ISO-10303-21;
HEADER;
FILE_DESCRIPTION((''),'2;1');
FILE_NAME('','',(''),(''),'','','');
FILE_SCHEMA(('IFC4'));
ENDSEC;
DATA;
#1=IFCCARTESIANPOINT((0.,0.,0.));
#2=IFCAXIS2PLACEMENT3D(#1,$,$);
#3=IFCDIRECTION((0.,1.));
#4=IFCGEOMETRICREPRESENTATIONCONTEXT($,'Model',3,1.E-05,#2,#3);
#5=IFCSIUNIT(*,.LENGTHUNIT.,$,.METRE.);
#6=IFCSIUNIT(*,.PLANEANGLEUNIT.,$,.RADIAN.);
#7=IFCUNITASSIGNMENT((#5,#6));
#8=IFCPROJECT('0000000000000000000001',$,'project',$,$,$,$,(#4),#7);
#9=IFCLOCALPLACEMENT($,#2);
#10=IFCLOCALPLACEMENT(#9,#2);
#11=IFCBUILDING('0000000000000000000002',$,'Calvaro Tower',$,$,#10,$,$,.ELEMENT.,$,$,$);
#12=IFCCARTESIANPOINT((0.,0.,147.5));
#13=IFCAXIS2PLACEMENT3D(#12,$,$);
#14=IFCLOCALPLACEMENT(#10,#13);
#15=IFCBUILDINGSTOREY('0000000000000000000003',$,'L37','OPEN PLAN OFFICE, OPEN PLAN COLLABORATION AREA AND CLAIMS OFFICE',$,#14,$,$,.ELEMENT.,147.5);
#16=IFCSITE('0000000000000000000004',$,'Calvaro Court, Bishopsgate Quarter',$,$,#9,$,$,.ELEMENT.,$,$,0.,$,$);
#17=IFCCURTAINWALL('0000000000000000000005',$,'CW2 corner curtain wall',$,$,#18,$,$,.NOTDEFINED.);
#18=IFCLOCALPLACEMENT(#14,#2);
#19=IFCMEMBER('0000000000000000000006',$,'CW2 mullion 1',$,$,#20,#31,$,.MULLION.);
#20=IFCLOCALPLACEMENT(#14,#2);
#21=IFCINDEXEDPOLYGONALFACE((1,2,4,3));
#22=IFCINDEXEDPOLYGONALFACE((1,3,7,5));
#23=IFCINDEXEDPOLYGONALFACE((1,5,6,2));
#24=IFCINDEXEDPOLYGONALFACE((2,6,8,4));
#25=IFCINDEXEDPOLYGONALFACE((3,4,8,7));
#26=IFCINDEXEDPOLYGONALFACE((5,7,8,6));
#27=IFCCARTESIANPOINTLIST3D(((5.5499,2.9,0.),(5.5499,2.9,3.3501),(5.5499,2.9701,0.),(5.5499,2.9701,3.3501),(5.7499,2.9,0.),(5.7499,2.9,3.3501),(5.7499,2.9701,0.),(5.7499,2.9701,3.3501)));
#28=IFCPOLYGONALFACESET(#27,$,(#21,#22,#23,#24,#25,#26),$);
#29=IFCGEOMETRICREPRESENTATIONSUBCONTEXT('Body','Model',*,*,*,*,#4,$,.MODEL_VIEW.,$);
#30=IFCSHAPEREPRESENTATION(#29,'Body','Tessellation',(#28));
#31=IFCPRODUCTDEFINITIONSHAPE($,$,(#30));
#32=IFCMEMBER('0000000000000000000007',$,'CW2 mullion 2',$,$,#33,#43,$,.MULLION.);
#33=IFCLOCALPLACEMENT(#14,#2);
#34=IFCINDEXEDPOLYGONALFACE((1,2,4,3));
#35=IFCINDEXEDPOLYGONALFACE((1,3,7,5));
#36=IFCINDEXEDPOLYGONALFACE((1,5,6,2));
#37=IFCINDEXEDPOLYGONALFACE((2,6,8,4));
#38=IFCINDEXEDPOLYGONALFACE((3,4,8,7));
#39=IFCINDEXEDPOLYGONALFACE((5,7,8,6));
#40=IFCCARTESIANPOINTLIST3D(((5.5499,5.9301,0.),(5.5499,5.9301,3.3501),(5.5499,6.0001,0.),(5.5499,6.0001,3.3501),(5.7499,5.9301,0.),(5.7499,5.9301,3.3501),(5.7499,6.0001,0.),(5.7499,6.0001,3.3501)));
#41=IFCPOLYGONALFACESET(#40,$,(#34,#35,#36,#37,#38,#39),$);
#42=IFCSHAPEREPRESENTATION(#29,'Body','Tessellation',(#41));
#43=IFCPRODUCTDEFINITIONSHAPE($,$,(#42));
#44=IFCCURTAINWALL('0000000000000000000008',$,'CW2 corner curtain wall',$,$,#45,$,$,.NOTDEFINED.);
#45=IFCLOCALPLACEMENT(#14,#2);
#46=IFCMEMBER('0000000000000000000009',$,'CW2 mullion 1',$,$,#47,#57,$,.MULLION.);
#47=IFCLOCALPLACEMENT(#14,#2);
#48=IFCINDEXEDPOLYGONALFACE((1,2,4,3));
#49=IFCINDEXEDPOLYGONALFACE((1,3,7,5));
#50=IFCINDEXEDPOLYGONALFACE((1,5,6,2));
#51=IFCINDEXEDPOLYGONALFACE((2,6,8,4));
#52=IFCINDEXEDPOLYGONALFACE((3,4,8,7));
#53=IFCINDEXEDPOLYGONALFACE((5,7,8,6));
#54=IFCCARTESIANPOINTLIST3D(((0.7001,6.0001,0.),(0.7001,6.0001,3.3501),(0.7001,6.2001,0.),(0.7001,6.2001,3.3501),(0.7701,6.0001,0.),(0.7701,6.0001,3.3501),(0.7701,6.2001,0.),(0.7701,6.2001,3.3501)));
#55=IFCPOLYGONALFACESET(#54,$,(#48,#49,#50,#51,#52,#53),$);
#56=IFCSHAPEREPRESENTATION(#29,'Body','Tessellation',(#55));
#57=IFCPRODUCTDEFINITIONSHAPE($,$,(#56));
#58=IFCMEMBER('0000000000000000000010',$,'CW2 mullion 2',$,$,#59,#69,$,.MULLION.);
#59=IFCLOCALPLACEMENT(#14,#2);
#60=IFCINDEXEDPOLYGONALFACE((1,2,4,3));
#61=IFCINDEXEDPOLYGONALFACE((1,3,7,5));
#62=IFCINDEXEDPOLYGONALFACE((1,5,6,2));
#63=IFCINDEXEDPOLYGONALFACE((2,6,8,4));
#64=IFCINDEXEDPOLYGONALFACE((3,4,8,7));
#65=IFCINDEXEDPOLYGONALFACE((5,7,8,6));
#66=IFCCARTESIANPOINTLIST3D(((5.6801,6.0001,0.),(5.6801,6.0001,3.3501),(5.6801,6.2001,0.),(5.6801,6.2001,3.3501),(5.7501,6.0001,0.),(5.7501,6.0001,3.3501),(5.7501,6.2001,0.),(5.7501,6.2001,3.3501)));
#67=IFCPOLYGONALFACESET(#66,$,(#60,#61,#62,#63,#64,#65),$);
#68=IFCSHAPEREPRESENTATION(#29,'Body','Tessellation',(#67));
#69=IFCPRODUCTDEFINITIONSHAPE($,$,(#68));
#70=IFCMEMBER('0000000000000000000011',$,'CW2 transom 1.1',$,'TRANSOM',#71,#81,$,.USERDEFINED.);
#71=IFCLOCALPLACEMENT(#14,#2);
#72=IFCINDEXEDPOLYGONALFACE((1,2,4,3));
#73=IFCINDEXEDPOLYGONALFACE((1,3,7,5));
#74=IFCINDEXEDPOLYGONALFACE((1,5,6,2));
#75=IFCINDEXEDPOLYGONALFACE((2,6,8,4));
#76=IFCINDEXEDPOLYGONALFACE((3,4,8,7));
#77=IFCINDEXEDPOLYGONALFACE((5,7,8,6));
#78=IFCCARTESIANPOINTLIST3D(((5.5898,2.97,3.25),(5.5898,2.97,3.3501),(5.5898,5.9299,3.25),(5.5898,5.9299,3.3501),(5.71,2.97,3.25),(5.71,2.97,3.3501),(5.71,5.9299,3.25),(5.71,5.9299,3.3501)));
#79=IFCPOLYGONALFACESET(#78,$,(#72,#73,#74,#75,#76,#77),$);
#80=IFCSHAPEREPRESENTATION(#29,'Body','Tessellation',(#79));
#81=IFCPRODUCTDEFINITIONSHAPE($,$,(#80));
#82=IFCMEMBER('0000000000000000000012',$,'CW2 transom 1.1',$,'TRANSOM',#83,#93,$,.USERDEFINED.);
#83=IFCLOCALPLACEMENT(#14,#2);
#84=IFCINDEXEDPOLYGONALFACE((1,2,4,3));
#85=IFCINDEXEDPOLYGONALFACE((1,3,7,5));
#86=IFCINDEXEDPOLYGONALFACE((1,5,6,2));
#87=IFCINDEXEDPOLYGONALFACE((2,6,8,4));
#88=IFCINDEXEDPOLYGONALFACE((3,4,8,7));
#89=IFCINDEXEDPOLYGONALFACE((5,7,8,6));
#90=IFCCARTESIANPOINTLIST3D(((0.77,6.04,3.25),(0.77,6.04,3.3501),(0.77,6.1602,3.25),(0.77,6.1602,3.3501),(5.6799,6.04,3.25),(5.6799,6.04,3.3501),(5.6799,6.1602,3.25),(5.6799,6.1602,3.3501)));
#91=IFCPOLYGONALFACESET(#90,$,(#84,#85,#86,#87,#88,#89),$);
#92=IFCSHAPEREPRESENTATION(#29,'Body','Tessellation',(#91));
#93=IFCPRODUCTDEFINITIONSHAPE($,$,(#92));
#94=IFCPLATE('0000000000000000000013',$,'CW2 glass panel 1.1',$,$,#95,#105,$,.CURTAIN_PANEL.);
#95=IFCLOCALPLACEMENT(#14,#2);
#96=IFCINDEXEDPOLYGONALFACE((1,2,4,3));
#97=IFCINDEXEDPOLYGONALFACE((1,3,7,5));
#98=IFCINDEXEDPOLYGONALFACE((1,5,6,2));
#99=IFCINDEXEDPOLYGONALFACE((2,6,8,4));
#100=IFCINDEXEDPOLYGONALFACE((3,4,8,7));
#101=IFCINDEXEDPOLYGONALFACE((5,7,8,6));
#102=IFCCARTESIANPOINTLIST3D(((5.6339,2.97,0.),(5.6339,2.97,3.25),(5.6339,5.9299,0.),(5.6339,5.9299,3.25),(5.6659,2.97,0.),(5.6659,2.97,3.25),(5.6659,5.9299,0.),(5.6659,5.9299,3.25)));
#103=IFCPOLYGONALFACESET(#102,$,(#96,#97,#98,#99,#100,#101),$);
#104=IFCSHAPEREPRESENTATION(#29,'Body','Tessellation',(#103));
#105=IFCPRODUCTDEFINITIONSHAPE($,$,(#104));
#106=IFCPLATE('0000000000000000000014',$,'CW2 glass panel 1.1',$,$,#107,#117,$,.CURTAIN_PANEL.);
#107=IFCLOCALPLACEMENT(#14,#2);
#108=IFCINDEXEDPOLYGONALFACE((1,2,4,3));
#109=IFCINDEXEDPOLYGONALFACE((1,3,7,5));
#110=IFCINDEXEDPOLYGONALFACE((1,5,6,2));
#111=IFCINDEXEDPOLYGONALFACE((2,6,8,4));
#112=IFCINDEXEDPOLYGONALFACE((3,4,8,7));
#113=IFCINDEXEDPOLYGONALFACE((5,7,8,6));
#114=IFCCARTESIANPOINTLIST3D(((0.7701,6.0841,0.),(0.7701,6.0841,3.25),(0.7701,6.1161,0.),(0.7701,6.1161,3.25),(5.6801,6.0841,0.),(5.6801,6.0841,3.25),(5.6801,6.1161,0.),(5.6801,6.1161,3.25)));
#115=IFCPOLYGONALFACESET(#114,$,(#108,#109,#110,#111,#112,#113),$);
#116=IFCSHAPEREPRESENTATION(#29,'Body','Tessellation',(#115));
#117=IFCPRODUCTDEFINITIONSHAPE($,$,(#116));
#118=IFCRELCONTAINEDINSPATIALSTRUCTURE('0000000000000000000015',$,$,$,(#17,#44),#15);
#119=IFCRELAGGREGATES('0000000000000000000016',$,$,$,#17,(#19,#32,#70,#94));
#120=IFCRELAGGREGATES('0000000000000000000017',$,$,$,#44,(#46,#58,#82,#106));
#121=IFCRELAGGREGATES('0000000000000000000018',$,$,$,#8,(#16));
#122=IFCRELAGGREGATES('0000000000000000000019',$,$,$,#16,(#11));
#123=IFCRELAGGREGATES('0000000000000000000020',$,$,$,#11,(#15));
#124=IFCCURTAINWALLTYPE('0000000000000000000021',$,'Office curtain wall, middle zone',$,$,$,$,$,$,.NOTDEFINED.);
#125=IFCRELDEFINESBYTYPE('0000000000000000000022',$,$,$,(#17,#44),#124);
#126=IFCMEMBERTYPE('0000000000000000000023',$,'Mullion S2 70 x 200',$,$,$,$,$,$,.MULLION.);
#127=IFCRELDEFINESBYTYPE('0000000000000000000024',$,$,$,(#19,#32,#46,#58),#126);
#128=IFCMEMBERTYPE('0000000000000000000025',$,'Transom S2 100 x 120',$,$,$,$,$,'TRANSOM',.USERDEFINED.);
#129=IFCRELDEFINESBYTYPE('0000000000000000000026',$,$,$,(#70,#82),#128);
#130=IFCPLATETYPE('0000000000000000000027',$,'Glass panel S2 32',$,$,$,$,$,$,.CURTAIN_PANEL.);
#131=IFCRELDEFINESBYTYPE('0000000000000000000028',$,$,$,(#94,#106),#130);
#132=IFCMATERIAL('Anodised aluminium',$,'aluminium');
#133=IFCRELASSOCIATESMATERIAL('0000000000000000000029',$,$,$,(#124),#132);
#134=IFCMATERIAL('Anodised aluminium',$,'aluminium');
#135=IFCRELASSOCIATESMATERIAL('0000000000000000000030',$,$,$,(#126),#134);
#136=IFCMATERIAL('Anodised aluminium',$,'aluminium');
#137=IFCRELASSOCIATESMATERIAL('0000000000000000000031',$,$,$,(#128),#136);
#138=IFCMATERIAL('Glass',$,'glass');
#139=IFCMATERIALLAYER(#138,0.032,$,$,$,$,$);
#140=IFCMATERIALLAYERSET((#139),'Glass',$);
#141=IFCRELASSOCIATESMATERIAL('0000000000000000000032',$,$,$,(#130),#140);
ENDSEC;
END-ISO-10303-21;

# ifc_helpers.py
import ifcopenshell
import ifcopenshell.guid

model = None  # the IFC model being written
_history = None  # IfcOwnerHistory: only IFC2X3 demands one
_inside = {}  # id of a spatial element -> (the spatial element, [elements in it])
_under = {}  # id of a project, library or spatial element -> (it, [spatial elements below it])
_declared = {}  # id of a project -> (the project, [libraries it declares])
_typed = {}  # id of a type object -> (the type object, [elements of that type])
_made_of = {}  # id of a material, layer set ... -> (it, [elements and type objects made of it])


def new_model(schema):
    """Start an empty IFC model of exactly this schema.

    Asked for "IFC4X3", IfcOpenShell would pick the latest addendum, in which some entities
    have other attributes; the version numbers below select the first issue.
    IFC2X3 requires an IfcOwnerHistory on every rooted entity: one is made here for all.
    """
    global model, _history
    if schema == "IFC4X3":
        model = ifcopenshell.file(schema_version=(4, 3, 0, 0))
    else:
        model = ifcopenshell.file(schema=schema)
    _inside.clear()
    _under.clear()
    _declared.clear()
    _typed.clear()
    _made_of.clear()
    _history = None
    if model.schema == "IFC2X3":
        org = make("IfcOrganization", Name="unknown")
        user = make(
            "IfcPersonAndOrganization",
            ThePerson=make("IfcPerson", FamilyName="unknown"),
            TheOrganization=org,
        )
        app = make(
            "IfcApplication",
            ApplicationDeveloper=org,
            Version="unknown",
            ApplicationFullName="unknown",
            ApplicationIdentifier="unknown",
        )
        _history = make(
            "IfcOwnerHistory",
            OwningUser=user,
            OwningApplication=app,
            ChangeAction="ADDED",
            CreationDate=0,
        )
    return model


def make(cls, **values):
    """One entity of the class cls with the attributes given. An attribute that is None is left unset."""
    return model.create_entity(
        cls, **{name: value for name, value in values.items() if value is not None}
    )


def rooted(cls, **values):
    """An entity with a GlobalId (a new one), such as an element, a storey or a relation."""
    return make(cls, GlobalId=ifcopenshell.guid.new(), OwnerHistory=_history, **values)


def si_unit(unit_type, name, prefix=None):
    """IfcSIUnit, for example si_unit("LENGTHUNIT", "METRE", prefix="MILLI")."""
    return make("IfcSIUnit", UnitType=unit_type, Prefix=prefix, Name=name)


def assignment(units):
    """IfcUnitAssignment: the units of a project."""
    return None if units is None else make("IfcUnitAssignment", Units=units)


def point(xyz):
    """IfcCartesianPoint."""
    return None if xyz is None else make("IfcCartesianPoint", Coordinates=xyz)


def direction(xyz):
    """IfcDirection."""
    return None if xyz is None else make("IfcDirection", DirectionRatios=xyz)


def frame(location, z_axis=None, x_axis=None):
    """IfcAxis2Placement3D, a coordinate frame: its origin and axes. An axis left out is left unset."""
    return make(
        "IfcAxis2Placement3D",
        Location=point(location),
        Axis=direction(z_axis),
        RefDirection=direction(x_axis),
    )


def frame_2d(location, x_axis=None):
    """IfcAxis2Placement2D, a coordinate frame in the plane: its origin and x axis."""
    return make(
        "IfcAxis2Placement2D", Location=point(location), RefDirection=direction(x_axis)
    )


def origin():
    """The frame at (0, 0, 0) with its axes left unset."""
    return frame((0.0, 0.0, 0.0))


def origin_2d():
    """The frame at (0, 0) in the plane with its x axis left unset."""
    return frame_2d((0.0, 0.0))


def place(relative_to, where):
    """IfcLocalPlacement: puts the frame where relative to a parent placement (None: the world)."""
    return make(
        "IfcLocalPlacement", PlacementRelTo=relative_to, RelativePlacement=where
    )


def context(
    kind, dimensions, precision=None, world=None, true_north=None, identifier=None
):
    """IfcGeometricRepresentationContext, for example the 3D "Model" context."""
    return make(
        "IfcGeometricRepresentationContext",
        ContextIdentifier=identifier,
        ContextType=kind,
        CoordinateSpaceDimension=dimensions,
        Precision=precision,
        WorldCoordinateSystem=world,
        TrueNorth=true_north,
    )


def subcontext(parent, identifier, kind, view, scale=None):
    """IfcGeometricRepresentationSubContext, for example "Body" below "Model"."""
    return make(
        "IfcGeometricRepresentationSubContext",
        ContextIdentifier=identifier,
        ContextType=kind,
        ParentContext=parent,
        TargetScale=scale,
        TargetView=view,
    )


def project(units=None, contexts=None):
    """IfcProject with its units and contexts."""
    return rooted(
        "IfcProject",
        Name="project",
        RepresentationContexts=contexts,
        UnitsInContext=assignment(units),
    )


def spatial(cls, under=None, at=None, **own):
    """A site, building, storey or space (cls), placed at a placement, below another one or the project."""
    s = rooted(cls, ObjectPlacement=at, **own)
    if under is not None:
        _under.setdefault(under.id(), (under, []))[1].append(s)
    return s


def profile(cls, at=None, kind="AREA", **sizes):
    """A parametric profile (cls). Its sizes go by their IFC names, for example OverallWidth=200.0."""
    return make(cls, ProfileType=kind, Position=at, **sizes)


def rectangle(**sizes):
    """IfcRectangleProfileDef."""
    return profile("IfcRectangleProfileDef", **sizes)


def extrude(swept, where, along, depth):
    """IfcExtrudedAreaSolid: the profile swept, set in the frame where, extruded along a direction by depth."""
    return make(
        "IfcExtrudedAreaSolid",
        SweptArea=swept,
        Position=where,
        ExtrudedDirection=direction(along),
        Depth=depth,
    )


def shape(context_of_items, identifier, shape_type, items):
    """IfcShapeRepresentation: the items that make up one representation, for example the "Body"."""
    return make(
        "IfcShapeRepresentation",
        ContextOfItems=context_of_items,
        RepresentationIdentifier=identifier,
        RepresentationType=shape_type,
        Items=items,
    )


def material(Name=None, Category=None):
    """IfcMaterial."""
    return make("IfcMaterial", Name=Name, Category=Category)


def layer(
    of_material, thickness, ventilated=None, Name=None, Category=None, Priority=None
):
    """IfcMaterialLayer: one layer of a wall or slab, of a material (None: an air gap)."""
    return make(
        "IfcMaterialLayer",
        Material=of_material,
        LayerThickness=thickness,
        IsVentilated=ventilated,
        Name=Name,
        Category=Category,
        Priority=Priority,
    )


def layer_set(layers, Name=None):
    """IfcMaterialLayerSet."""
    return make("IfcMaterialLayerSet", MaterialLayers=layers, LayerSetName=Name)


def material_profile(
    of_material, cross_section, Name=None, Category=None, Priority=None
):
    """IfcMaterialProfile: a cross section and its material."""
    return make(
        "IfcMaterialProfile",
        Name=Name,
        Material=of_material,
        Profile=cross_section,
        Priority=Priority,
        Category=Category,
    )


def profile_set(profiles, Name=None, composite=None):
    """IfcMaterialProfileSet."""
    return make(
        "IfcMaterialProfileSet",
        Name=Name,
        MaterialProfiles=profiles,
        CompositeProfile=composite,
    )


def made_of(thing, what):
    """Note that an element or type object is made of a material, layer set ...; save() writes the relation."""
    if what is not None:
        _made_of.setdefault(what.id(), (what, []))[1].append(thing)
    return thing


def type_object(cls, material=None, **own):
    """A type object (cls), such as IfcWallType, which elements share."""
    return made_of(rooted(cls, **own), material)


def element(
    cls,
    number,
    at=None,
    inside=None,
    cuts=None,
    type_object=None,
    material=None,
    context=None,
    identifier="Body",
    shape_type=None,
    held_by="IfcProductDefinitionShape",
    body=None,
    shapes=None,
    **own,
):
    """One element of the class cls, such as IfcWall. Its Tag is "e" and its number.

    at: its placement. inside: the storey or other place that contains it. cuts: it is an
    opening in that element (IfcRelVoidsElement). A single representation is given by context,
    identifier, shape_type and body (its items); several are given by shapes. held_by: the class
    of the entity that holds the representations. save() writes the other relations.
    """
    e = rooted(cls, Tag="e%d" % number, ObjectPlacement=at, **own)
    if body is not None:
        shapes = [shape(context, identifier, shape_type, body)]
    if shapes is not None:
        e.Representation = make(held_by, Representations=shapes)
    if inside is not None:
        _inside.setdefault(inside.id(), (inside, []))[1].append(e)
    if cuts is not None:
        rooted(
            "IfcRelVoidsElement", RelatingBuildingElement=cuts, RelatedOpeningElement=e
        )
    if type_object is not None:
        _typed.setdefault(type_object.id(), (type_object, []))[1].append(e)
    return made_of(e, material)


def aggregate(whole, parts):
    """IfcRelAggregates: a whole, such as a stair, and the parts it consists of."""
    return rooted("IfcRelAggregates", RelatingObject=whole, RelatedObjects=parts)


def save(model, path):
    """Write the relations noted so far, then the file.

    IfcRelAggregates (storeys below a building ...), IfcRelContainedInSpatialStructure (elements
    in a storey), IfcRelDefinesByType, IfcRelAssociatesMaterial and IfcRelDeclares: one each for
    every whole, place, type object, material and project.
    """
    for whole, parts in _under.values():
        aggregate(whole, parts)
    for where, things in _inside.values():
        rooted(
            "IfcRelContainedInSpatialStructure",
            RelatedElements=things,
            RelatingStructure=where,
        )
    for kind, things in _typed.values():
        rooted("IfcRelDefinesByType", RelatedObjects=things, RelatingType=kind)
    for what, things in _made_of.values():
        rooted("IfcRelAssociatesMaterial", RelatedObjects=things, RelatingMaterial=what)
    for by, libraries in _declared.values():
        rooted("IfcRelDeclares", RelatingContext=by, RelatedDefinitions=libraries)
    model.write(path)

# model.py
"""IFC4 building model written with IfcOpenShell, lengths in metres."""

from ifc_helpers import new_model, si_unit, direction, frame, origin, origin_2d, place, context, subcontext, project, spatial, rectangle, extrude, material, layer, layer_set, material_profile, profile_set, type_object, element, aggregate, save


model = new_model("IFC4")

# Units and contexts
model_context = context("Model", 3, precision=1e-05, world=origin(), true_north=direction((0.0, 1.0)))
body_context = subcontext(model_context, "Body", "Model", "MODEL_VIEW")
ifc_project = project(units=[si_unit("LENGTHUNIT", "METRE"), si_unit("PLANEANGLEUNIT", "RADIAN")], contexts=[model_context])

# Site, building, storey
site_placement = place(None, origin())
site = spatial("IfcSite", under=ifc_project, at=site_placement, Name="Calvaro Court, Bishopsgate Quarter", CompositionType="ELEMENT", RefElevation=0.0)
building_placement = place(site_placement, origin())
building = spatial("IfcBuilding", under=site, at=building_placement, Name="Calvaro Tower", CompositionType="ELEMENT")
storey_placement = place(building_placement, frame((0.0, 0.0, 147.5)))
storey = spatial("IfcBuildingStorey", under=building, at=storey_placement, Name="L37", Description="OPEN PLAN OFFICE, OPEN PLAN COLLABORATION AREA AND CLAIMS OFFICE", CompositionType="ELEMENT", Elevation=147.5)

# Curtain walls, members
ifc_material_1 = material(Name="Anodised aluminium", Category="aluminium")
curtain_wall_type = type_object("IfcCurtainWallType", Name="Office curtain wall, middle zone", PredefinedType="NOTDEFINED", material=ifc_material_1)
curtain_wall_1_placement = place(storey_placement, origin())
curtain_wall_1 = element("IfcCurtainWall", 1, at=curtain_wall_1_placement, inside=storey, type_object=curtain_wall_type, Name="CW2 corner curtain wall", PredefinedType="NOTDEFINED")
ifc_material_2 = material(Name="Anodised aluminium", Category="aluminium")
ifc_material_profile_1 = material_profile(ifc_material_2, rectangle(XDim=0.2, YDim=0.0701, at=origin_2d()), Name="Mullion S2 70 x 200")
ifc_profile_set_1 = profile_set([ifc_material_profile_1], Name="Anodised aluminium")
member_type_1 = type_object("IfcMemberType", Name="Mullion S2 70 x 200", PredefinedType="MULLION", material=ifc_profile_set_1)
member_1_placement = place(storey_placement, frame((5.6499, 2.9351, 0.0), z_axis=(0.0, 0.0, 1.0), x_axis=(-1.0, 0.0, 0.0)))
member_1 = element("IfcMember", 2, at=member_1_placement, type_object=member_type_1, Name="CW2 mullion 1", PredefinedType="MULLION", context=body_context, shape_type="SweptSolid", body=[
    extrude(rectangle(XDim=0.2, YDim=0.0701, at=origin_2d()), origin(), (0.0, 0.0, 1.0), 3.3501),
])
member_2_placement = place(storey_placement, frame((5.6499, 5.9651, 0.0), z_axis=(0.0, 0.0, 1.0), x_axis=(-1.0, 0.0, 0.0)))
member_2 = element("IfcMember", 3, at=member_2_placement, type_object=member_type_1, Name="CW2 mullion 2", PredefinedType="MULLION", context=body_context, shape_type="SweptSolid", body=[
    extrude(rectangle(XDim=0.2, YDim=0.0701, at=origin_2d()), origin(), (0.0, 0.0, 1.0), 3.3501),
])
curtain_wall_2_placement = place(storey_placement, origin())
curtain_wall_2 = element("IfcCurtainWall", 4, at=curtain_wall_2_placement, inside=storey, type_object=curtain_wall_type, Name="CW2 corner curtain wall", PredefinedType="NOTDEFINED")
member_3_placement = place(storey_placement, frame((0.7351, 6.1001, 0.0), z_axis=(0.0, 0.0, 1.0), x_axis=(0.0, 1.0, 0.0)))
member_3 = element("IfcMember", 5, at=member_3_placement, type_object=member_type_1, Name="CW2 mullion 1", PredefinedType="MULLION", context=body_context, shape_type="SweptSolid", body=[
    extrude(rectangle(XDim=0.2, YDim=0.0701, at=origin_2d()), origin(), (0.0, 0.0, 1.0), 3.3501),
])
member_4_placement = place(storey_placement, frame((5.7151, 6.1001, 0.0), z_axis=(0.0, 0.0, 1.0), x_axis=(0.0, 1.0, 0.0)))
member_4 = element("IfcMember", 6, at=member_4_placement, type_object=member_type_1, Name="CW2 mullion 2", PredefinedType="MULLION", context=body_context, shape_type="SweptSolid", body=[
    extrude(rectangle(XDim=0.2, YDim=0.0701, at=origin_2d()), origin(), (0.0, 0.0, 1.0), 3.3501),
])

# Members
ifc_material_3 = material(Name="Anodised aluminium", Category="aluminium")
ifc_material_profile_2 = material_profile(ifc_material_3, rectangle(XDim=0.1201, YDim=0.1001, at=origin_2d()), Name="Transom S2 100 x 120")
ifc_profile_set_2 = profile_set([ifc_material_profile_2], Name="Anodised aluminium")
member_type_2 = type_object("IfcMemberType", Name="Transom S2 100 x 120", ElementType="TRANSOM", PredefinedType="USERDEFINED", material=ifc_profile_set_2)
member_5_placement = place(storey_placement, frame((5.6499, 2.97, 3.3), z_axis=(0.0, 1.0, 0.0), x_axis=(-1.0, 0.0, 0.0)))
member_5 = element("IfcMember", 7, at=member_5_placement, type_object=member_type_2, Name="CW2 transom 1.1", ObjectType="TRANSOM", PredefinedType="USERDEFINED", context=body_context, shape_type="SweptSolid", body=[
    extrude(rectangle(XDim=0.1201, YDim=0.1001, at=origin_2d()), origin(), (0.0, 0.0, 1.0), 2.96),
])
member_6_placement = place(storey_placement, frame((0.77, 6.1001, 3.3), z_axis=(1.0, 0.0, 0.0), x_axis=(0.0, 1.0, 0.0)))
member_6 = element("IfcMember", 8, at=member_6_placement, type_object=member_type_2, Name="CW2 transom 1.1", ObjectType="TRANSOM", PredefinedType="USERDEFINED", context=body_context, shape_type="SweptSolid", body=[
    extrude(rectangle(XDim=0.1201, YDim=0.1001, at=origin_2d()), origin(), (0.0, 0.0, 1.0), 4.9099),
])

# Plates
ifc_material_4 = material(Name="Glass", Category="glass")
ifc_layer_1 = layer(ifc_material_4, 0.032)
ifc_layer_set_1 = layer_set([ifc_layer_1], Name="Glass")
plate_type = type_object("IfcPlateType", Name="Glass panel S2 32", PredefinedType="CURTAIN_PANEL", material=ifc_layer_set_1)
plate_1_placement = place(storey_placement, frame((5.6499, 4.45, 0.0), z_axis=(0.0, 0.0, 1.0), x_axis=(0.0, 1.0, 0.0)))
plate_1 = element("IfcPlate", 9, at=plate_1_placement, type_object=plate_type, Name="CW2 glass panel 1.1", PredefinedType="CURTAIN_PANEL", context=body_context, shape_type="SweptSolid", body=[
    extrude(rectangle(XDim=2.96, YDim=0.032, at=origin_2d()), origin(), (0.0, 0.0, 1.0), 3.25),
])
aggregate(curtain_wall_1, [member_1, member_2, member_5, plate_1])
plate_2_placement = place(storey_placement, frame((3.2251, 6.1001, 0.0), z_axis=(0.0, 0.0, 1.0), x_axis=(1.0, 0.0, 0.0)))
plate_2 = element("IfcPlate", 10, at=plate_2_placement, type_object=plate_type, Name="CW2 glass panel 1.1", PredefinedType="CURTAIN_PANEL", context=body_context, shape_type="SweptSolid", body=[
    extrude(rectangle(XDim=4.9099, YDim=0.032, at=origin_2d()), origin(), (0.0, 0.0, 1.0), 3.25),
])
aggregate(curtain_wall_2, [member_3, member_4, member_6, plate_2])

save(model, "model.ifc")
